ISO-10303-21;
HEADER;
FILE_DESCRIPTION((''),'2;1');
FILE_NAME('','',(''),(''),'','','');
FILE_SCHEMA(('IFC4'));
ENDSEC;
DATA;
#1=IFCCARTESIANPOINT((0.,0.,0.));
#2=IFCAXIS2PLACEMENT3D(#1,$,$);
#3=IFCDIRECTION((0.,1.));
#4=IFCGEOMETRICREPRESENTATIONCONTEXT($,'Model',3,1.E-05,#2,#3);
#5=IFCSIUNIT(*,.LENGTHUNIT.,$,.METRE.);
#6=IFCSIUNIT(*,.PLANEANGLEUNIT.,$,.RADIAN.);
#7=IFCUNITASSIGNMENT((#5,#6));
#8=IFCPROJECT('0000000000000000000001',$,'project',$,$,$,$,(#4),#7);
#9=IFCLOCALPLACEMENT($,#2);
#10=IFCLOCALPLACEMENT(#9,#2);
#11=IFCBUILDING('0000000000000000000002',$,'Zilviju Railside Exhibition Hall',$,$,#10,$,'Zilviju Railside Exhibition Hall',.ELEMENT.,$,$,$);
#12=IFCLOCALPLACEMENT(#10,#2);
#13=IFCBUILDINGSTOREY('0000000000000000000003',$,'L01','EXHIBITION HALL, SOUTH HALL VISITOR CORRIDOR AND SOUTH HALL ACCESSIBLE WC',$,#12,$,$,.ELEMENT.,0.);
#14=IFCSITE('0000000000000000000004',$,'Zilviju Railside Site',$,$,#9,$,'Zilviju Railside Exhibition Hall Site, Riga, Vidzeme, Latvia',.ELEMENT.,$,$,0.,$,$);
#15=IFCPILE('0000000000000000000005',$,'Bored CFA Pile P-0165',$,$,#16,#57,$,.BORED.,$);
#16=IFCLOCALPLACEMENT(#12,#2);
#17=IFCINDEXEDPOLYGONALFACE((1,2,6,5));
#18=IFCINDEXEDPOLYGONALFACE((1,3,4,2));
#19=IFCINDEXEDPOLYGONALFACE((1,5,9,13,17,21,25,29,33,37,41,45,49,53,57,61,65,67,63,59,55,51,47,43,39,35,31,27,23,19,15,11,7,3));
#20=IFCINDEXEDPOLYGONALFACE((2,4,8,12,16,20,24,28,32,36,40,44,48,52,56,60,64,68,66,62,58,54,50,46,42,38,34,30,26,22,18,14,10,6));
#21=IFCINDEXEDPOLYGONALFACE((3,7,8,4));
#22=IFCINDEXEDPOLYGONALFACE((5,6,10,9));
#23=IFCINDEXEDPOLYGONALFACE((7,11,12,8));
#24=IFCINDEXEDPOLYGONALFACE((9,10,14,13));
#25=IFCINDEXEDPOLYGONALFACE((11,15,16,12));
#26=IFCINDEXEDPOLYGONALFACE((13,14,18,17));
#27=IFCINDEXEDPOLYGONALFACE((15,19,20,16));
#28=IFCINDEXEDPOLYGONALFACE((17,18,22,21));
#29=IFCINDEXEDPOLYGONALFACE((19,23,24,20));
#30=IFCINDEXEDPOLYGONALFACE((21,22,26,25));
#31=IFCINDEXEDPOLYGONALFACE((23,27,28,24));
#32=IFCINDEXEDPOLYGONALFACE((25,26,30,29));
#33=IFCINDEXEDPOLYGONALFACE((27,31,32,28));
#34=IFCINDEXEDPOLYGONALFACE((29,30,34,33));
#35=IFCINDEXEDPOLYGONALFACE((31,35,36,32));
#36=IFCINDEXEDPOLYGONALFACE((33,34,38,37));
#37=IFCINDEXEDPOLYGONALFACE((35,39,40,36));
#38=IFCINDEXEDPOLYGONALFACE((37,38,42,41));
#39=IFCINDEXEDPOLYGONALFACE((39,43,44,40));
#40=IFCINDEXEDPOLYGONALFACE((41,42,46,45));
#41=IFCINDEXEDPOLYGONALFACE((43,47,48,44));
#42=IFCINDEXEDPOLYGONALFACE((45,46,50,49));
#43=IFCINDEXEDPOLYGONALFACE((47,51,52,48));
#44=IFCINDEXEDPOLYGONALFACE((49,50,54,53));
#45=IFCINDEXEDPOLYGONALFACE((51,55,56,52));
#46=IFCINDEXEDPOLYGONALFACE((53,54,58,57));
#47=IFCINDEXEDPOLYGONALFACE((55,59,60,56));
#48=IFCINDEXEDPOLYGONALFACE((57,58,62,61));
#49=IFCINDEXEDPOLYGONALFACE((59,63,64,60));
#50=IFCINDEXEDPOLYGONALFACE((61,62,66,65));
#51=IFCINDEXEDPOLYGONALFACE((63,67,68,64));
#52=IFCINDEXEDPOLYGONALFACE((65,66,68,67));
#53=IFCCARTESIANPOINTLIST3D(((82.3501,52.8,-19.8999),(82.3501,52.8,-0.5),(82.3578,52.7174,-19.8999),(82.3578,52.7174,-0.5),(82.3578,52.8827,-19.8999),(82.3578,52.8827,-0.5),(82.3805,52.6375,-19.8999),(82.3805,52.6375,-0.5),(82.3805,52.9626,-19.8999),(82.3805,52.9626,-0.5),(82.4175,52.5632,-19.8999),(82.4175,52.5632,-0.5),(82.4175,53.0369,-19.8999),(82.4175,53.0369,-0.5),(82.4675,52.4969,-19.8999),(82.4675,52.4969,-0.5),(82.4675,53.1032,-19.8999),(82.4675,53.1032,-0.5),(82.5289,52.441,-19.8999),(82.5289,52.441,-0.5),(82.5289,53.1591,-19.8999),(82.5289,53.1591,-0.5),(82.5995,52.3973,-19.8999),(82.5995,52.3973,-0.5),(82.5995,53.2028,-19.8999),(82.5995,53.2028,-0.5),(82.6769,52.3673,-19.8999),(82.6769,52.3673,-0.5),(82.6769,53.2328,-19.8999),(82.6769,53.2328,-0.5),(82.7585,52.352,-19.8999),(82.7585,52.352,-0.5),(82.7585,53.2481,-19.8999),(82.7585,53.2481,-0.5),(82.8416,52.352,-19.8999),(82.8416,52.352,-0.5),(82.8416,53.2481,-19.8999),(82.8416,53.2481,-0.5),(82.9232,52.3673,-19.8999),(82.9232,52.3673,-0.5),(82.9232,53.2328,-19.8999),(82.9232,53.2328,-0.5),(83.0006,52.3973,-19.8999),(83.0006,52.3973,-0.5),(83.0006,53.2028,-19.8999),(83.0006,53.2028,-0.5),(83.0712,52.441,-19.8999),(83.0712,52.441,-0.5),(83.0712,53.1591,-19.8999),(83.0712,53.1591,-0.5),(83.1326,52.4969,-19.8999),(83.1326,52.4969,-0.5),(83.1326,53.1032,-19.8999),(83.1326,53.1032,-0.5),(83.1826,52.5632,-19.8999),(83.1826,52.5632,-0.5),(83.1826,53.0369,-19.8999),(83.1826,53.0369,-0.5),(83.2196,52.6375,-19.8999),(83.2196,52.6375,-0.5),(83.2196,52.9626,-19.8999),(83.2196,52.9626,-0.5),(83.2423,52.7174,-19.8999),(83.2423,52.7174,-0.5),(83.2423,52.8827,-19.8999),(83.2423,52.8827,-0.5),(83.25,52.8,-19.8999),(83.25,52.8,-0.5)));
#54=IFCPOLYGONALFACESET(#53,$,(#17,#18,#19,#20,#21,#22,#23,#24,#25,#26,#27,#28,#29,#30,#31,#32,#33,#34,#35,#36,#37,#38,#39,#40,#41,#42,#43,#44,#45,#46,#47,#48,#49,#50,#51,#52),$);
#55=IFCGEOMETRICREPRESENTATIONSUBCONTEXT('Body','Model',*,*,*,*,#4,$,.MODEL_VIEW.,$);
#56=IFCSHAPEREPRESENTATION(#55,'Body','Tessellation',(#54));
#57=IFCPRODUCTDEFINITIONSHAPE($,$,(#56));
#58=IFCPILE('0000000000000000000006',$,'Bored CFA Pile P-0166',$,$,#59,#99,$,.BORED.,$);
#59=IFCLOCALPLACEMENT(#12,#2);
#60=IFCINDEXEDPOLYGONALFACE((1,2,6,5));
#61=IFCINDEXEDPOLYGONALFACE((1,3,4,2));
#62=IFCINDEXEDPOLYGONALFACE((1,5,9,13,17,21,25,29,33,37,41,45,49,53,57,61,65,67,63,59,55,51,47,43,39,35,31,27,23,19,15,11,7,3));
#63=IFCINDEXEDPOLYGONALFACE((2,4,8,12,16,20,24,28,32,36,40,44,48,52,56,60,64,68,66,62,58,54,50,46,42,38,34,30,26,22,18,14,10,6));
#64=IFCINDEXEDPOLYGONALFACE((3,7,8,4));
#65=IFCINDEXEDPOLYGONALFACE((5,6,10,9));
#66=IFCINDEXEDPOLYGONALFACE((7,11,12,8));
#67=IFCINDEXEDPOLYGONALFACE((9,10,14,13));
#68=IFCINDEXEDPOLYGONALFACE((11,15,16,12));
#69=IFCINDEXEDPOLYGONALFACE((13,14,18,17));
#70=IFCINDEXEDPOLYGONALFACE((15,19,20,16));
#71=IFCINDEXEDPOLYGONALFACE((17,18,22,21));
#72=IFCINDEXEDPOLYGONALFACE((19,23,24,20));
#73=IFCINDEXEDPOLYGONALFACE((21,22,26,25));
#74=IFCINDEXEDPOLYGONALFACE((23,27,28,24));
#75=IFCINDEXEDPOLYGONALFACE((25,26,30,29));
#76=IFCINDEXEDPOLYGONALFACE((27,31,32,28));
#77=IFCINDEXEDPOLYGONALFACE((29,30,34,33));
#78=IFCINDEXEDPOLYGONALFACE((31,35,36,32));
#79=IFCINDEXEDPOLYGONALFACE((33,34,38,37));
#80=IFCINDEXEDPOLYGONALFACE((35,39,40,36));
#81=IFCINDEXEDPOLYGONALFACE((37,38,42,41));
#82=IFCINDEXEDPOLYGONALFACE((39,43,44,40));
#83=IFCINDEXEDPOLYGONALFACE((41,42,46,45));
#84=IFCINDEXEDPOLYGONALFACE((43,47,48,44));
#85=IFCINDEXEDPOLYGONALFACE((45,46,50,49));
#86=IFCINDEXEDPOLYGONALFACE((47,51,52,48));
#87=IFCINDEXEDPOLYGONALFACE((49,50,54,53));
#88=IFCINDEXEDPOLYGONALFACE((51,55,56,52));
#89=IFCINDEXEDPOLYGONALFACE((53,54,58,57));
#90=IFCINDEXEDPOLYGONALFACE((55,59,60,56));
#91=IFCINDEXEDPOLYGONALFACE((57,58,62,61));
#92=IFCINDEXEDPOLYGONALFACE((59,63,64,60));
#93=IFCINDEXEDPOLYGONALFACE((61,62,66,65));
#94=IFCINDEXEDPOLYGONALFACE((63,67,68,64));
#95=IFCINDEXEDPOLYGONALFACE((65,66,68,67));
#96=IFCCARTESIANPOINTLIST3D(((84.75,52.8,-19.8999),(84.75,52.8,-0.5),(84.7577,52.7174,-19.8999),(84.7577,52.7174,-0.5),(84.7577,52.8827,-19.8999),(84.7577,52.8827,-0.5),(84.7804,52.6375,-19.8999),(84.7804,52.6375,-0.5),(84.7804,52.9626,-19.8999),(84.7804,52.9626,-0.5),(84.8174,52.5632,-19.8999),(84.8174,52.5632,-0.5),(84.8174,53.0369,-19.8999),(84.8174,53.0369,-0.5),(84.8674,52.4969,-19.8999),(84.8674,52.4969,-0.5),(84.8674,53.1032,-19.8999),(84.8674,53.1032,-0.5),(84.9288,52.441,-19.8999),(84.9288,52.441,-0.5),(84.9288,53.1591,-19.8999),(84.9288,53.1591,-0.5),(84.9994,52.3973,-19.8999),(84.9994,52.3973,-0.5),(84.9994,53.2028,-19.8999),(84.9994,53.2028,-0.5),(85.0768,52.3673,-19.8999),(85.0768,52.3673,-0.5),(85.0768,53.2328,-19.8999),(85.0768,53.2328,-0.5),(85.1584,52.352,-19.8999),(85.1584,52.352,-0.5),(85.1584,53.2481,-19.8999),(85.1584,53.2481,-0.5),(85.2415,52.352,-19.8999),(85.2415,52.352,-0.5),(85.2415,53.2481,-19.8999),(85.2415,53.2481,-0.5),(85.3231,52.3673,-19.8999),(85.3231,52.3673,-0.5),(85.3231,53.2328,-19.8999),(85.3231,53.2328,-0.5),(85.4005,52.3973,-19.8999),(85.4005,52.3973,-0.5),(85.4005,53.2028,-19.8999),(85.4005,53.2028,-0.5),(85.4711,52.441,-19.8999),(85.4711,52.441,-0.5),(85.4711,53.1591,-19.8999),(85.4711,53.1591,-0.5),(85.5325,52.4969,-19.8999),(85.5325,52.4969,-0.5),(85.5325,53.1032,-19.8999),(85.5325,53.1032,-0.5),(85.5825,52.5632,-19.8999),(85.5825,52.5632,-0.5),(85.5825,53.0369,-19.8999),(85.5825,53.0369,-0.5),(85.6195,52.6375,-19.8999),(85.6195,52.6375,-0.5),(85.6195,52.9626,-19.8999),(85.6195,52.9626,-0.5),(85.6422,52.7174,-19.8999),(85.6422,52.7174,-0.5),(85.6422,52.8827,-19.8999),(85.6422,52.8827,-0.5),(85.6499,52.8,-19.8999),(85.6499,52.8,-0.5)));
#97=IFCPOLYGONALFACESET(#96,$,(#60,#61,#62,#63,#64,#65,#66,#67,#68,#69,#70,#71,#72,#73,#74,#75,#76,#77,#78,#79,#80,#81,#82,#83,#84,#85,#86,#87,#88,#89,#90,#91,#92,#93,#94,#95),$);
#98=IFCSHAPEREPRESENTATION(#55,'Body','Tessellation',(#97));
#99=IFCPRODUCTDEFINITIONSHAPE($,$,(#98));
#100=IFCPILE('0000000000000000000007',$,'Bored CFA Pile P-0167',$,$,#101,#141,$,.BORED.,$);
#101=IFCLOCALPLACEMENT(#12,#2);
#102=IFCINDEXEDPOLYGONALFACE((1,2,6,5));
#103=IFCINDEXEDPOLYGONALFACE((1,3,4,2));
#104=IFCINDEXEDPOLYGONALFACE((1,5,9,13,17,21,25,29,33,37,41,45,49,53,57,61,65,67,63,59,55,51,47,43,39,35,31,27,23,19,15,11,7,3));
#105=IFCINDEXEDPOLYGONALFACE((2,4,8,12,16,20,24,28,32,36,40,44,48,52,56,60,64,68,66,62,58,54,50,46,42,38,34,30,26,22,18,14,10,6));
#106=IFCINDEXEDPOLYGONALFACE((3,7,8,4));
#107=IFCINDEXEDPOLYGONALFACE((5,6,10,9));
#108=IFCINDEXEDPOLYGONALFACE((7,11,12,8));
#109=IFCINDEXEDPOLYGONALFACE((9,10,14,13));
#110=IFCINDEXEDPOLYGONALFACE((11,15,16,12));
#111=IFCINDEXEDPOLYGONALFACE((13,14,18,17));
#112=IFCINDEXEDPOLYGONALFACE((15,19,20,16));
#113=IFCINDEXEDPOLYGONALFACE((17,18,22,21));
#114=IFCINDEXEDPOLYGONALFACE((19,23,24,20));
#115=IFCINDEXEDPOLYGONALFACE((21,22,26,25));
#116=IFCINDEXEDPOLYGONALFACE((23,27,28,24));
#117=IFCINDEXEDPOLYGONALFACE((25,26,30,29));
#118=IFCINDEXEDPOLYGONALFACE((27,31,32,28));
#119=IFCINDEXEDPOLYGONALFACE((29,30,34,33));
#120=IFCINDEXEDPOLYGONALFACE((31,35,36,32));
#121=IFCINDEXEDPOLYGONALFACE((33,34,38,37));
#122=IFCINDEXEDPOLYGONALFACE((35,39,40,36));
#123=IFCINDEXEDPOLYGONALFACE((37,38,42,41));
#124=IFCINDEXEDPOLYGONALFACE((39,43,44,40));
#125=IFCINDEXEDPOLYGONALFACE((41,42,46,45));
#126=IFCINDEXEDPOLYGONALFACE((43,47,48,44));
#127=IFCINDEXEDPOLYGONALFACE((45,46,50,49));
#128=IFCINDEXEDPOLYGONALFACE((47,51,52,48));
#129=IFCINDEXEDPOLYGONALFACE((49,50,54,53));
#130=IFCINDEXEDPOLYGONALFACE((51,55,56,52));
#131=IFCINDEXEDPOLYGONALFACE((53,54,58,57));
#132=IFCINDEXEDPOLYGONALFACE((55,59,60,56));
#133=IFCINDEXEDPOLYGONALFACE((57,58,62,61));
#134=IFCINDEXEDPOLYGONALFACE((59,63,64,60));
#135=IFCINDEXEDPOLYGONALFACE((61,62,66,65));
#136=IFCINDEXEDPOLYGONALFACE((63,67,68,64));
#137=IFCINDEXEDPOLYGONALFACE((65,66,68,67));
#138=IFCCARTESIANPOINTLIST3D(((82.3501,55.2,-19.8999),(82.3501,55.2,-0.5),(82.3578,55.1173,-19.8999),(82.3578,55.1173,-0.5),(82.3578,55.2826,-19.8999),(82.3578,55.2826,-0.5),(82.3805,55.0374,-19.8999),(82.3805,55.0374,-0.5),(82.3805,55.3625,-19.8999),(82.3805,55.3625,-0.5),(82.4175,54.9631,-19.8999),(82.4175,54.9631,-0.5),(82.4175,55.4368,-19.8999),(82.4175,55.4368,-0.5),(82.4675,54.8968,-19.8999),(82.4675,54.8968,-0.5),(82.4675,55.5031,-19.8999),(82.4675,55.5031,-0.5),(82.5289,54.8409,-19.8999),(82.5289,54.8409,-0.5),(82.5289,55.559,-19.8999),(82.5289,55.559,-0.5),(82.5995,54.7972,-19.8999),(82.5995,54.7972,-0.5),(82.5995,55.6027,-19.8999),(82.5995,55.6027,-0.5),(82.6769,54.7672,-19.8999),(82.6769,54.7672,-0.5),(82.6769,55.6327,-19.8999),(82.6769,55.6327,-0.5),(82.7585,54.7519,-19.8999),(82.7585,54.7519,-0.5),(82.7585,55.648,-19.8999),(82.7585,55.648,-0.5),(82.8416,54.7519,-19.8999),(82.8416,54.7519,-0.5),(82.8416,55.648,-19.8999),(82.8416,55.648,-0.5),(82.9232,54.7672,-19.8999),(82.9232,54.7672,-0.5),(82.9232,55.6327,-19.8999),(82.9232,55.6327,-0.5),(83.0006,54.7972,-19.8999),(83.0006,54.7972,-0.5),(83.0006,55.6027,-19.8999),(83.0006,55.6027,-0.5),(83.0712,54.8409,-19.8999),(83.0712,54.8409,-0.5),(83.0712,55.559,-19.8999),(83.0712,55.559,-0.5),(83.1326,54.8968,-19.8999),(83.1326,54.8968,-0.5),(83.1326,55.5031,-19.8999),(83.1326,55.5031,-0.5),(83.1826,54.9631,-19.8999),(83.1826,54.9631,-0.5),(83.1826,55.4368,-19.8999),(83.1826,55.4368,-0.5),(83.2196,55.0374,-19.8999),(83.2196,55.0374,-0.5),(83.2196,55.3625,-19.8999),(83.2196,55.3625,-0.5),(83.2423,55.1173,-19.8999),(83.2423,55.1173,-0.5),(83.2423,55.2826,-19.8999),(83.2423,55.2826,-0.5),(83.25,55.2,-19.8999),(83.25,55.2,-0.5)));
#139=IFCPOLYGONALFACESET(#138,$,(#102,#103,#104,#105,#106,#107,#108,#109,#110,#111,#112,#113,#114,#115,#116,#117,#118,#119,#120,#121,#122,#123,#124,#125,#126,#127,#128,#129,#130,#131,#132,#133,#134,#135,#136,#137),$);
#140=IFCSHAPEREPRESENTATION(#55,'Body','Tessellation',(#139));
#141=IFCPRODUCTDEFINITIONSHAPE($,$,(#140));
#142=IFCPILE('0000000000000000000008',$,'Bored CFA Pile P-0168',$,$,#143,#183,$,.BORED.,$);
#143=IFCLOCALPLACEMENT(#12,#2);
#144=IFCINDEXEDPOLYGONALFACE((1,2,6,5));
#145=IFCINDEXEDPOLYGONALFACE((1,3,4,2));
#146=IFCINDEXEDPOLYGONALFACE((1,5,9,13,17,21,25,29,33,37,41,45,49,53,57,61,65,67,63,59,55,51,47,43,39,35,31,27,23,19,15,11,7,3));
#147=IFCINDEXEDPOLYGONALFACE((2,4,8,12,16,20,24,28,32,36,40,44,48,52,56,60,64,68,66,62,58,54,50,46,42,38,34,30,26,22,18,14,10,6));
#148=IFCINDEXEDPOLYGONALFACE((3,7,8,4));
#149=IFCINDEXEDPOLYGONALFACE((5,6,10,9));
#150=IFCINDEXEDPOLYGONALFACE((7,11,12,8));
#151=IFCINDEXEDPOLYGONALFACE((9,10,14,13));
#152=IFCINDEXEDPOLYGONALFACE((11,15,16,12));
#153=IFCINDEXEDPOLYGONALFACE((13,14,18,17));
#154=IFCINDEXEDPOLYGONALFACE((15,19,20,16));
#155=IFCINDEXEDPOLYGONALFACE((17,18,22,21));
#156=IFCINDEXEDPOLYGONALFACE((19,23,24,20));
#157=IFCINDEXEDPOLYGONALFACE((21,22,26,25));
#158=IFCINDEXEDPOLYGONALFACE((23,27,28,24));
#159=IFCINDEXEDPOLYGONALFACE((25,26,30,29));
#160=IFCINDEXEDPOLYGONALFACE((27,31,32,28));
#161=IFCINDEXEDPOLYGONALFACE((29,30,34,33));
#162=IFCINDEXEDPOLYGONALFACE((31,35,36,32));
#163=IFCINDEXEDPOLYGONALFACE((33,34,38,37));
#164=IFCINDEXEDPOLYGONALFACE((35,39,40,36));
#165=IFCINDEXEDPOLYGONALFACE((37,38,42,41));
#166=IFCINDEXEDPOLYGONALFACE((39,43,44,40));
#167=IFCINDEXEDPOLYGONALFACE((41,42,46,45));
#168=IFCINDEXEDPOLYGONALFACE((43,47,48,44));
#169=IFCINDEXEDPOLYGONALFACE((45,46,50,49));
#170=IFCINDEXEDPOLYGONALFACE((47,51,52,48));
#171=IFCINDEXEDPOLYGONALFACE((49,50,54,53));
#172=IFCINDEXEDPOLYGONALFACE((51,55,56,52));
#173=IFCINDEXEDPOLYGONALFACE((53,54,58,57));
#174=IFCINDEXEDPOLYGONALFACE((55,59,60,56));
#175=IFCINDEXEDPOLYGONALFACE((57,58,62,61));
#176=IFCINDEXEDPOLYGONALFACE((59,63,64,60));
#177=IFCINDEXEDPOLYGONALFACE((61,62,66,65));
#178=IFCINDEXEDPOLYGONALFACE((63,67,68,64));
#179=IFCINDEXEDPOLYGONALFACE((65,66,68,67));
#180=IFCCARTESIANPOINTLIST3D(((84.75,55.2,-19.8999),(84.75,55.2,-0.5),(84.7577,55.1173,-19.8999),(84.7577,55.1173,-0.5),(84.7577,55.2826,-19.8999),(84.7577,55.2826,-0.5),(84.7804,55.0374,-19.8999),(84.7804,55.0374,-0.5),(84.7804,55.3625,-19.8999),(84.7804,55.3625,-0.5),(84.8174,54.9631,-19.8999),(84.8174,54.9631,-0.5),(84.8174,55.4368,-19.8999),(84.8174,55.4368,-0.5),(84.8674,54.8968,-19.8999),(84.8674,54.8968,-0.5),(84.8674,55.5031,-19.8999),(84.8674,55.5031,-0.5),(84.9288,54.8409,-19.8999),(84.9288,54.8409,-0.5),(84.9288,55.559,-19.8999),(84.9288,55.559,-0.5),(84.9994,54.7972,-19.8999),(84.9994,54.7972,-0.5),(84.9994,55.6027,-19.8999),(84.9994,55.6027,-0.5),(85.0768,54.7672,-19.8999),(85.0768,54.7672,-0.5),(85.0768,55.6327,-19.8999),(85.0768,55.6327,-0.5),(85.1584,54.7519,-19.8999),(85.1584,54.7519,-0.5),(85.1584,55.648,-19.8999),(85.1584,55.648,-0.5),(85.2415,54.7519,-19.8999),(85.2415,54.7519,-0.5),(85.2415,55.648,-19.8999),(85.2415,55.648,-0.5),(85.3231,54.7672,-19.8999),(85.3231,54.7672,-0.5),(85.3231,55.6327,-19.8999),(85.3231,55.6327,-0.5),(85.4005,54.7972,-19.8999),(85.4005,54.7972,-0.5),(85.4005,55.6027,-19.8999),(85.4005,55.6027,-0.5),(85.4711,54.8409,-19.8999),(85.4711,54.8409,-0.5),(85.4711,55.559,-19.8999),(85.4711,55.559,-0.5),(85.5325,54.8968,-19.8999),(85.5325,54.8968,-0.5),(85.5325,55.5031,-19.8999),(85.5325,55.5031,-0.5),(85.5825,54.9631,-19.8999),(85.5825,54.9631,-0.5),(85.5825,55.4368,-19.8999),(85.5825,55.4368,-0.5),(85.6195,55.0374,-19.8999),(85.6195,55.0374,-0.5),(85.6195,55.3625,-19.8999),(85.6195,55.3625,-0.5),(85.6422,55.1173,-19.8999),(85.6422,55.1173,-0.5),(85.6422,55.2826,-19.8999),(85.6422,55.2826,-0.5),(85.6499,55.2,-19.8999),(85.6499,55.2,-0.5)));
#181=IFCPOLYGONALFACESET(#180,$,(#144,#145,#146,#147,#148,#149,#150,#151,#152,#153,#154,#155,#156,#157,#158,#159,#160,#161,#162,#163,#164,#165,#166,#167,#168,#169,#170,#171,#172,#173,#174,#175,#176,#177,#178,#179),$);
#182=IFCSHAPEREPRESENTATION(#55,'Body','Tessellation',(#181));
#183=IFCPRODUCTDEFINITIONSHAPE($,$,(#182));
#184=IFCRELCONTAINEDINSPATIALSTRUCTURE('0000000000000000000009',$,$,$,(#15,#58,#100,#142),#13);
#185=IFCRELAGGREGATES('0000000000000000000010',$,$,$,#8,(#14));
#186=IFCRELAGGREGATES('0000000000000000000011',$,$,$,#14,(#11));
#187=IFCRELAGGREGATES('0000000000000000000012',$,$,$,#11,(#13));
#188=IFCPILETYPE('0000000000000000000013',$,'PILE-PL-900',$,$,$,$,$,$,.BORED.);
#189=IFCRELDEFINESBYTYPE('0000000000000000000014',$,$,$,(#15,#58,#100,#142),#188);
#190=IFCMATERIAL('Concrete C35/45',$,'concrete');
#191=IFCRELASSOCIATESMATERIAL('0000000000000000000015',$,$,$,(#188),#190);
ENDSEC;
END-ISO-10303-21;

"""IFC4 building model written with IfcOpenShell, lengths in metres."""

from ifc_helpers import new_model, si_unit, direction, frame, origin, origin_2d, place, context, subcontext, project, spatial, circle, extrude, material, material_profile, profile_set, type_object, element, save


model = new_model("IFC4")

# Units and contexts
model_context = context("Model", 3, precision=1e-05, world=origin(), true_north=direction((0.0, 1.0)))
body_context = subcontext(model_context, "Body", "Model", "MODEL_VIEW")
ifc_project = project(units=[si_unit("LENGTHUNIT", "METRE"), si_unit("PLANEANGLEUNIT", "RADIAN")], contexts=[model_context])

# Site, building, storey
site_placement = place(None, origin())
site = spatial("IfcSite", under=ifc_project, at=site_placement, Name="Zilviju Railside Site", LongName="Zilviju Railside Exhibition Hall Site, Riga, Vidzeme, Latvia", CompositionType="ELEMENT", RefElevation=0.0)
building_placement = place(site_placement, origin())
building = spatial("IfcBuilding", under=site, at=building_placement, Name="Zilviju Railside Exhibition Hall", LongName="Zilviju Railside Exhibition Hall", CompositionType="ELEMENT")
storey_placement = place(building_placement, origin())
storey = spatial("IfcBuildingStorey", under=building, at=storey_placement, Name="L01", Description="EXHIBITION HALL, SOUTH HALL VISITOR CORRIDOR AND SOUTH HALL ACCESSIBLE WC", CompositionType="ELEMENT", Elevation=0.0)

# Shared definitions
ifc_material_1 = material(Name="Concrete C35/45", Category="concrete")

# Piles
ifc_material_profile_1 = material_profile(ifc_material_1, circle(Radius=0.45, at=origin_2d()), Name="CFA PILE D900")
ifc_profile_set_1 = profile_set([ifc_material_profile_1], Name="Concrete C35/45")
pile_type = type_object("IfcPileType", Name="PILE-PL-900", PredefinedType="BORED", material=ifc_profile_set_1)
for number, where, z_axis, x_axis, name in (
    (1, (82.8, 52.8, -0.5), (0.0, 0.0, -1.0), (1.0, 0.0, 0.0), "Bored CFA Pile P-0165"),
    (2, (85.2, 52.8, -0.5), (0.0, 0.0, -1.0), (1.0, 0.0, 0.0), "Bored CFA Pile P-0166"),
    (3, (82.8, 55.2, -0.5), (0.0, 0.0, -1.0), (1.0, 0.0, 0.0), "Bored CFA Pile P-0167"),
    (4, (85.2, 55.2, -0.5), (0.0, 0.0, -1.0), (1.0, 0.0, 0.0), "Bored CFA Pile P-0168"),
):
    element("IfcPile", number, at=place(storey_placement, frame(where, z_axis=z_axis, x_axis=x_axis)), inside=storey, type_object=pile_type, Name=name, PredefinedType="BORED", context=body_context, shape_type="SweptSolid", body=[
        extrude(circle(Radius=0.45, at=origin_2d()), origin(), (0.0, 0.0, 1.0), 19.3999),
    ])

save(model, "model.ifc")
